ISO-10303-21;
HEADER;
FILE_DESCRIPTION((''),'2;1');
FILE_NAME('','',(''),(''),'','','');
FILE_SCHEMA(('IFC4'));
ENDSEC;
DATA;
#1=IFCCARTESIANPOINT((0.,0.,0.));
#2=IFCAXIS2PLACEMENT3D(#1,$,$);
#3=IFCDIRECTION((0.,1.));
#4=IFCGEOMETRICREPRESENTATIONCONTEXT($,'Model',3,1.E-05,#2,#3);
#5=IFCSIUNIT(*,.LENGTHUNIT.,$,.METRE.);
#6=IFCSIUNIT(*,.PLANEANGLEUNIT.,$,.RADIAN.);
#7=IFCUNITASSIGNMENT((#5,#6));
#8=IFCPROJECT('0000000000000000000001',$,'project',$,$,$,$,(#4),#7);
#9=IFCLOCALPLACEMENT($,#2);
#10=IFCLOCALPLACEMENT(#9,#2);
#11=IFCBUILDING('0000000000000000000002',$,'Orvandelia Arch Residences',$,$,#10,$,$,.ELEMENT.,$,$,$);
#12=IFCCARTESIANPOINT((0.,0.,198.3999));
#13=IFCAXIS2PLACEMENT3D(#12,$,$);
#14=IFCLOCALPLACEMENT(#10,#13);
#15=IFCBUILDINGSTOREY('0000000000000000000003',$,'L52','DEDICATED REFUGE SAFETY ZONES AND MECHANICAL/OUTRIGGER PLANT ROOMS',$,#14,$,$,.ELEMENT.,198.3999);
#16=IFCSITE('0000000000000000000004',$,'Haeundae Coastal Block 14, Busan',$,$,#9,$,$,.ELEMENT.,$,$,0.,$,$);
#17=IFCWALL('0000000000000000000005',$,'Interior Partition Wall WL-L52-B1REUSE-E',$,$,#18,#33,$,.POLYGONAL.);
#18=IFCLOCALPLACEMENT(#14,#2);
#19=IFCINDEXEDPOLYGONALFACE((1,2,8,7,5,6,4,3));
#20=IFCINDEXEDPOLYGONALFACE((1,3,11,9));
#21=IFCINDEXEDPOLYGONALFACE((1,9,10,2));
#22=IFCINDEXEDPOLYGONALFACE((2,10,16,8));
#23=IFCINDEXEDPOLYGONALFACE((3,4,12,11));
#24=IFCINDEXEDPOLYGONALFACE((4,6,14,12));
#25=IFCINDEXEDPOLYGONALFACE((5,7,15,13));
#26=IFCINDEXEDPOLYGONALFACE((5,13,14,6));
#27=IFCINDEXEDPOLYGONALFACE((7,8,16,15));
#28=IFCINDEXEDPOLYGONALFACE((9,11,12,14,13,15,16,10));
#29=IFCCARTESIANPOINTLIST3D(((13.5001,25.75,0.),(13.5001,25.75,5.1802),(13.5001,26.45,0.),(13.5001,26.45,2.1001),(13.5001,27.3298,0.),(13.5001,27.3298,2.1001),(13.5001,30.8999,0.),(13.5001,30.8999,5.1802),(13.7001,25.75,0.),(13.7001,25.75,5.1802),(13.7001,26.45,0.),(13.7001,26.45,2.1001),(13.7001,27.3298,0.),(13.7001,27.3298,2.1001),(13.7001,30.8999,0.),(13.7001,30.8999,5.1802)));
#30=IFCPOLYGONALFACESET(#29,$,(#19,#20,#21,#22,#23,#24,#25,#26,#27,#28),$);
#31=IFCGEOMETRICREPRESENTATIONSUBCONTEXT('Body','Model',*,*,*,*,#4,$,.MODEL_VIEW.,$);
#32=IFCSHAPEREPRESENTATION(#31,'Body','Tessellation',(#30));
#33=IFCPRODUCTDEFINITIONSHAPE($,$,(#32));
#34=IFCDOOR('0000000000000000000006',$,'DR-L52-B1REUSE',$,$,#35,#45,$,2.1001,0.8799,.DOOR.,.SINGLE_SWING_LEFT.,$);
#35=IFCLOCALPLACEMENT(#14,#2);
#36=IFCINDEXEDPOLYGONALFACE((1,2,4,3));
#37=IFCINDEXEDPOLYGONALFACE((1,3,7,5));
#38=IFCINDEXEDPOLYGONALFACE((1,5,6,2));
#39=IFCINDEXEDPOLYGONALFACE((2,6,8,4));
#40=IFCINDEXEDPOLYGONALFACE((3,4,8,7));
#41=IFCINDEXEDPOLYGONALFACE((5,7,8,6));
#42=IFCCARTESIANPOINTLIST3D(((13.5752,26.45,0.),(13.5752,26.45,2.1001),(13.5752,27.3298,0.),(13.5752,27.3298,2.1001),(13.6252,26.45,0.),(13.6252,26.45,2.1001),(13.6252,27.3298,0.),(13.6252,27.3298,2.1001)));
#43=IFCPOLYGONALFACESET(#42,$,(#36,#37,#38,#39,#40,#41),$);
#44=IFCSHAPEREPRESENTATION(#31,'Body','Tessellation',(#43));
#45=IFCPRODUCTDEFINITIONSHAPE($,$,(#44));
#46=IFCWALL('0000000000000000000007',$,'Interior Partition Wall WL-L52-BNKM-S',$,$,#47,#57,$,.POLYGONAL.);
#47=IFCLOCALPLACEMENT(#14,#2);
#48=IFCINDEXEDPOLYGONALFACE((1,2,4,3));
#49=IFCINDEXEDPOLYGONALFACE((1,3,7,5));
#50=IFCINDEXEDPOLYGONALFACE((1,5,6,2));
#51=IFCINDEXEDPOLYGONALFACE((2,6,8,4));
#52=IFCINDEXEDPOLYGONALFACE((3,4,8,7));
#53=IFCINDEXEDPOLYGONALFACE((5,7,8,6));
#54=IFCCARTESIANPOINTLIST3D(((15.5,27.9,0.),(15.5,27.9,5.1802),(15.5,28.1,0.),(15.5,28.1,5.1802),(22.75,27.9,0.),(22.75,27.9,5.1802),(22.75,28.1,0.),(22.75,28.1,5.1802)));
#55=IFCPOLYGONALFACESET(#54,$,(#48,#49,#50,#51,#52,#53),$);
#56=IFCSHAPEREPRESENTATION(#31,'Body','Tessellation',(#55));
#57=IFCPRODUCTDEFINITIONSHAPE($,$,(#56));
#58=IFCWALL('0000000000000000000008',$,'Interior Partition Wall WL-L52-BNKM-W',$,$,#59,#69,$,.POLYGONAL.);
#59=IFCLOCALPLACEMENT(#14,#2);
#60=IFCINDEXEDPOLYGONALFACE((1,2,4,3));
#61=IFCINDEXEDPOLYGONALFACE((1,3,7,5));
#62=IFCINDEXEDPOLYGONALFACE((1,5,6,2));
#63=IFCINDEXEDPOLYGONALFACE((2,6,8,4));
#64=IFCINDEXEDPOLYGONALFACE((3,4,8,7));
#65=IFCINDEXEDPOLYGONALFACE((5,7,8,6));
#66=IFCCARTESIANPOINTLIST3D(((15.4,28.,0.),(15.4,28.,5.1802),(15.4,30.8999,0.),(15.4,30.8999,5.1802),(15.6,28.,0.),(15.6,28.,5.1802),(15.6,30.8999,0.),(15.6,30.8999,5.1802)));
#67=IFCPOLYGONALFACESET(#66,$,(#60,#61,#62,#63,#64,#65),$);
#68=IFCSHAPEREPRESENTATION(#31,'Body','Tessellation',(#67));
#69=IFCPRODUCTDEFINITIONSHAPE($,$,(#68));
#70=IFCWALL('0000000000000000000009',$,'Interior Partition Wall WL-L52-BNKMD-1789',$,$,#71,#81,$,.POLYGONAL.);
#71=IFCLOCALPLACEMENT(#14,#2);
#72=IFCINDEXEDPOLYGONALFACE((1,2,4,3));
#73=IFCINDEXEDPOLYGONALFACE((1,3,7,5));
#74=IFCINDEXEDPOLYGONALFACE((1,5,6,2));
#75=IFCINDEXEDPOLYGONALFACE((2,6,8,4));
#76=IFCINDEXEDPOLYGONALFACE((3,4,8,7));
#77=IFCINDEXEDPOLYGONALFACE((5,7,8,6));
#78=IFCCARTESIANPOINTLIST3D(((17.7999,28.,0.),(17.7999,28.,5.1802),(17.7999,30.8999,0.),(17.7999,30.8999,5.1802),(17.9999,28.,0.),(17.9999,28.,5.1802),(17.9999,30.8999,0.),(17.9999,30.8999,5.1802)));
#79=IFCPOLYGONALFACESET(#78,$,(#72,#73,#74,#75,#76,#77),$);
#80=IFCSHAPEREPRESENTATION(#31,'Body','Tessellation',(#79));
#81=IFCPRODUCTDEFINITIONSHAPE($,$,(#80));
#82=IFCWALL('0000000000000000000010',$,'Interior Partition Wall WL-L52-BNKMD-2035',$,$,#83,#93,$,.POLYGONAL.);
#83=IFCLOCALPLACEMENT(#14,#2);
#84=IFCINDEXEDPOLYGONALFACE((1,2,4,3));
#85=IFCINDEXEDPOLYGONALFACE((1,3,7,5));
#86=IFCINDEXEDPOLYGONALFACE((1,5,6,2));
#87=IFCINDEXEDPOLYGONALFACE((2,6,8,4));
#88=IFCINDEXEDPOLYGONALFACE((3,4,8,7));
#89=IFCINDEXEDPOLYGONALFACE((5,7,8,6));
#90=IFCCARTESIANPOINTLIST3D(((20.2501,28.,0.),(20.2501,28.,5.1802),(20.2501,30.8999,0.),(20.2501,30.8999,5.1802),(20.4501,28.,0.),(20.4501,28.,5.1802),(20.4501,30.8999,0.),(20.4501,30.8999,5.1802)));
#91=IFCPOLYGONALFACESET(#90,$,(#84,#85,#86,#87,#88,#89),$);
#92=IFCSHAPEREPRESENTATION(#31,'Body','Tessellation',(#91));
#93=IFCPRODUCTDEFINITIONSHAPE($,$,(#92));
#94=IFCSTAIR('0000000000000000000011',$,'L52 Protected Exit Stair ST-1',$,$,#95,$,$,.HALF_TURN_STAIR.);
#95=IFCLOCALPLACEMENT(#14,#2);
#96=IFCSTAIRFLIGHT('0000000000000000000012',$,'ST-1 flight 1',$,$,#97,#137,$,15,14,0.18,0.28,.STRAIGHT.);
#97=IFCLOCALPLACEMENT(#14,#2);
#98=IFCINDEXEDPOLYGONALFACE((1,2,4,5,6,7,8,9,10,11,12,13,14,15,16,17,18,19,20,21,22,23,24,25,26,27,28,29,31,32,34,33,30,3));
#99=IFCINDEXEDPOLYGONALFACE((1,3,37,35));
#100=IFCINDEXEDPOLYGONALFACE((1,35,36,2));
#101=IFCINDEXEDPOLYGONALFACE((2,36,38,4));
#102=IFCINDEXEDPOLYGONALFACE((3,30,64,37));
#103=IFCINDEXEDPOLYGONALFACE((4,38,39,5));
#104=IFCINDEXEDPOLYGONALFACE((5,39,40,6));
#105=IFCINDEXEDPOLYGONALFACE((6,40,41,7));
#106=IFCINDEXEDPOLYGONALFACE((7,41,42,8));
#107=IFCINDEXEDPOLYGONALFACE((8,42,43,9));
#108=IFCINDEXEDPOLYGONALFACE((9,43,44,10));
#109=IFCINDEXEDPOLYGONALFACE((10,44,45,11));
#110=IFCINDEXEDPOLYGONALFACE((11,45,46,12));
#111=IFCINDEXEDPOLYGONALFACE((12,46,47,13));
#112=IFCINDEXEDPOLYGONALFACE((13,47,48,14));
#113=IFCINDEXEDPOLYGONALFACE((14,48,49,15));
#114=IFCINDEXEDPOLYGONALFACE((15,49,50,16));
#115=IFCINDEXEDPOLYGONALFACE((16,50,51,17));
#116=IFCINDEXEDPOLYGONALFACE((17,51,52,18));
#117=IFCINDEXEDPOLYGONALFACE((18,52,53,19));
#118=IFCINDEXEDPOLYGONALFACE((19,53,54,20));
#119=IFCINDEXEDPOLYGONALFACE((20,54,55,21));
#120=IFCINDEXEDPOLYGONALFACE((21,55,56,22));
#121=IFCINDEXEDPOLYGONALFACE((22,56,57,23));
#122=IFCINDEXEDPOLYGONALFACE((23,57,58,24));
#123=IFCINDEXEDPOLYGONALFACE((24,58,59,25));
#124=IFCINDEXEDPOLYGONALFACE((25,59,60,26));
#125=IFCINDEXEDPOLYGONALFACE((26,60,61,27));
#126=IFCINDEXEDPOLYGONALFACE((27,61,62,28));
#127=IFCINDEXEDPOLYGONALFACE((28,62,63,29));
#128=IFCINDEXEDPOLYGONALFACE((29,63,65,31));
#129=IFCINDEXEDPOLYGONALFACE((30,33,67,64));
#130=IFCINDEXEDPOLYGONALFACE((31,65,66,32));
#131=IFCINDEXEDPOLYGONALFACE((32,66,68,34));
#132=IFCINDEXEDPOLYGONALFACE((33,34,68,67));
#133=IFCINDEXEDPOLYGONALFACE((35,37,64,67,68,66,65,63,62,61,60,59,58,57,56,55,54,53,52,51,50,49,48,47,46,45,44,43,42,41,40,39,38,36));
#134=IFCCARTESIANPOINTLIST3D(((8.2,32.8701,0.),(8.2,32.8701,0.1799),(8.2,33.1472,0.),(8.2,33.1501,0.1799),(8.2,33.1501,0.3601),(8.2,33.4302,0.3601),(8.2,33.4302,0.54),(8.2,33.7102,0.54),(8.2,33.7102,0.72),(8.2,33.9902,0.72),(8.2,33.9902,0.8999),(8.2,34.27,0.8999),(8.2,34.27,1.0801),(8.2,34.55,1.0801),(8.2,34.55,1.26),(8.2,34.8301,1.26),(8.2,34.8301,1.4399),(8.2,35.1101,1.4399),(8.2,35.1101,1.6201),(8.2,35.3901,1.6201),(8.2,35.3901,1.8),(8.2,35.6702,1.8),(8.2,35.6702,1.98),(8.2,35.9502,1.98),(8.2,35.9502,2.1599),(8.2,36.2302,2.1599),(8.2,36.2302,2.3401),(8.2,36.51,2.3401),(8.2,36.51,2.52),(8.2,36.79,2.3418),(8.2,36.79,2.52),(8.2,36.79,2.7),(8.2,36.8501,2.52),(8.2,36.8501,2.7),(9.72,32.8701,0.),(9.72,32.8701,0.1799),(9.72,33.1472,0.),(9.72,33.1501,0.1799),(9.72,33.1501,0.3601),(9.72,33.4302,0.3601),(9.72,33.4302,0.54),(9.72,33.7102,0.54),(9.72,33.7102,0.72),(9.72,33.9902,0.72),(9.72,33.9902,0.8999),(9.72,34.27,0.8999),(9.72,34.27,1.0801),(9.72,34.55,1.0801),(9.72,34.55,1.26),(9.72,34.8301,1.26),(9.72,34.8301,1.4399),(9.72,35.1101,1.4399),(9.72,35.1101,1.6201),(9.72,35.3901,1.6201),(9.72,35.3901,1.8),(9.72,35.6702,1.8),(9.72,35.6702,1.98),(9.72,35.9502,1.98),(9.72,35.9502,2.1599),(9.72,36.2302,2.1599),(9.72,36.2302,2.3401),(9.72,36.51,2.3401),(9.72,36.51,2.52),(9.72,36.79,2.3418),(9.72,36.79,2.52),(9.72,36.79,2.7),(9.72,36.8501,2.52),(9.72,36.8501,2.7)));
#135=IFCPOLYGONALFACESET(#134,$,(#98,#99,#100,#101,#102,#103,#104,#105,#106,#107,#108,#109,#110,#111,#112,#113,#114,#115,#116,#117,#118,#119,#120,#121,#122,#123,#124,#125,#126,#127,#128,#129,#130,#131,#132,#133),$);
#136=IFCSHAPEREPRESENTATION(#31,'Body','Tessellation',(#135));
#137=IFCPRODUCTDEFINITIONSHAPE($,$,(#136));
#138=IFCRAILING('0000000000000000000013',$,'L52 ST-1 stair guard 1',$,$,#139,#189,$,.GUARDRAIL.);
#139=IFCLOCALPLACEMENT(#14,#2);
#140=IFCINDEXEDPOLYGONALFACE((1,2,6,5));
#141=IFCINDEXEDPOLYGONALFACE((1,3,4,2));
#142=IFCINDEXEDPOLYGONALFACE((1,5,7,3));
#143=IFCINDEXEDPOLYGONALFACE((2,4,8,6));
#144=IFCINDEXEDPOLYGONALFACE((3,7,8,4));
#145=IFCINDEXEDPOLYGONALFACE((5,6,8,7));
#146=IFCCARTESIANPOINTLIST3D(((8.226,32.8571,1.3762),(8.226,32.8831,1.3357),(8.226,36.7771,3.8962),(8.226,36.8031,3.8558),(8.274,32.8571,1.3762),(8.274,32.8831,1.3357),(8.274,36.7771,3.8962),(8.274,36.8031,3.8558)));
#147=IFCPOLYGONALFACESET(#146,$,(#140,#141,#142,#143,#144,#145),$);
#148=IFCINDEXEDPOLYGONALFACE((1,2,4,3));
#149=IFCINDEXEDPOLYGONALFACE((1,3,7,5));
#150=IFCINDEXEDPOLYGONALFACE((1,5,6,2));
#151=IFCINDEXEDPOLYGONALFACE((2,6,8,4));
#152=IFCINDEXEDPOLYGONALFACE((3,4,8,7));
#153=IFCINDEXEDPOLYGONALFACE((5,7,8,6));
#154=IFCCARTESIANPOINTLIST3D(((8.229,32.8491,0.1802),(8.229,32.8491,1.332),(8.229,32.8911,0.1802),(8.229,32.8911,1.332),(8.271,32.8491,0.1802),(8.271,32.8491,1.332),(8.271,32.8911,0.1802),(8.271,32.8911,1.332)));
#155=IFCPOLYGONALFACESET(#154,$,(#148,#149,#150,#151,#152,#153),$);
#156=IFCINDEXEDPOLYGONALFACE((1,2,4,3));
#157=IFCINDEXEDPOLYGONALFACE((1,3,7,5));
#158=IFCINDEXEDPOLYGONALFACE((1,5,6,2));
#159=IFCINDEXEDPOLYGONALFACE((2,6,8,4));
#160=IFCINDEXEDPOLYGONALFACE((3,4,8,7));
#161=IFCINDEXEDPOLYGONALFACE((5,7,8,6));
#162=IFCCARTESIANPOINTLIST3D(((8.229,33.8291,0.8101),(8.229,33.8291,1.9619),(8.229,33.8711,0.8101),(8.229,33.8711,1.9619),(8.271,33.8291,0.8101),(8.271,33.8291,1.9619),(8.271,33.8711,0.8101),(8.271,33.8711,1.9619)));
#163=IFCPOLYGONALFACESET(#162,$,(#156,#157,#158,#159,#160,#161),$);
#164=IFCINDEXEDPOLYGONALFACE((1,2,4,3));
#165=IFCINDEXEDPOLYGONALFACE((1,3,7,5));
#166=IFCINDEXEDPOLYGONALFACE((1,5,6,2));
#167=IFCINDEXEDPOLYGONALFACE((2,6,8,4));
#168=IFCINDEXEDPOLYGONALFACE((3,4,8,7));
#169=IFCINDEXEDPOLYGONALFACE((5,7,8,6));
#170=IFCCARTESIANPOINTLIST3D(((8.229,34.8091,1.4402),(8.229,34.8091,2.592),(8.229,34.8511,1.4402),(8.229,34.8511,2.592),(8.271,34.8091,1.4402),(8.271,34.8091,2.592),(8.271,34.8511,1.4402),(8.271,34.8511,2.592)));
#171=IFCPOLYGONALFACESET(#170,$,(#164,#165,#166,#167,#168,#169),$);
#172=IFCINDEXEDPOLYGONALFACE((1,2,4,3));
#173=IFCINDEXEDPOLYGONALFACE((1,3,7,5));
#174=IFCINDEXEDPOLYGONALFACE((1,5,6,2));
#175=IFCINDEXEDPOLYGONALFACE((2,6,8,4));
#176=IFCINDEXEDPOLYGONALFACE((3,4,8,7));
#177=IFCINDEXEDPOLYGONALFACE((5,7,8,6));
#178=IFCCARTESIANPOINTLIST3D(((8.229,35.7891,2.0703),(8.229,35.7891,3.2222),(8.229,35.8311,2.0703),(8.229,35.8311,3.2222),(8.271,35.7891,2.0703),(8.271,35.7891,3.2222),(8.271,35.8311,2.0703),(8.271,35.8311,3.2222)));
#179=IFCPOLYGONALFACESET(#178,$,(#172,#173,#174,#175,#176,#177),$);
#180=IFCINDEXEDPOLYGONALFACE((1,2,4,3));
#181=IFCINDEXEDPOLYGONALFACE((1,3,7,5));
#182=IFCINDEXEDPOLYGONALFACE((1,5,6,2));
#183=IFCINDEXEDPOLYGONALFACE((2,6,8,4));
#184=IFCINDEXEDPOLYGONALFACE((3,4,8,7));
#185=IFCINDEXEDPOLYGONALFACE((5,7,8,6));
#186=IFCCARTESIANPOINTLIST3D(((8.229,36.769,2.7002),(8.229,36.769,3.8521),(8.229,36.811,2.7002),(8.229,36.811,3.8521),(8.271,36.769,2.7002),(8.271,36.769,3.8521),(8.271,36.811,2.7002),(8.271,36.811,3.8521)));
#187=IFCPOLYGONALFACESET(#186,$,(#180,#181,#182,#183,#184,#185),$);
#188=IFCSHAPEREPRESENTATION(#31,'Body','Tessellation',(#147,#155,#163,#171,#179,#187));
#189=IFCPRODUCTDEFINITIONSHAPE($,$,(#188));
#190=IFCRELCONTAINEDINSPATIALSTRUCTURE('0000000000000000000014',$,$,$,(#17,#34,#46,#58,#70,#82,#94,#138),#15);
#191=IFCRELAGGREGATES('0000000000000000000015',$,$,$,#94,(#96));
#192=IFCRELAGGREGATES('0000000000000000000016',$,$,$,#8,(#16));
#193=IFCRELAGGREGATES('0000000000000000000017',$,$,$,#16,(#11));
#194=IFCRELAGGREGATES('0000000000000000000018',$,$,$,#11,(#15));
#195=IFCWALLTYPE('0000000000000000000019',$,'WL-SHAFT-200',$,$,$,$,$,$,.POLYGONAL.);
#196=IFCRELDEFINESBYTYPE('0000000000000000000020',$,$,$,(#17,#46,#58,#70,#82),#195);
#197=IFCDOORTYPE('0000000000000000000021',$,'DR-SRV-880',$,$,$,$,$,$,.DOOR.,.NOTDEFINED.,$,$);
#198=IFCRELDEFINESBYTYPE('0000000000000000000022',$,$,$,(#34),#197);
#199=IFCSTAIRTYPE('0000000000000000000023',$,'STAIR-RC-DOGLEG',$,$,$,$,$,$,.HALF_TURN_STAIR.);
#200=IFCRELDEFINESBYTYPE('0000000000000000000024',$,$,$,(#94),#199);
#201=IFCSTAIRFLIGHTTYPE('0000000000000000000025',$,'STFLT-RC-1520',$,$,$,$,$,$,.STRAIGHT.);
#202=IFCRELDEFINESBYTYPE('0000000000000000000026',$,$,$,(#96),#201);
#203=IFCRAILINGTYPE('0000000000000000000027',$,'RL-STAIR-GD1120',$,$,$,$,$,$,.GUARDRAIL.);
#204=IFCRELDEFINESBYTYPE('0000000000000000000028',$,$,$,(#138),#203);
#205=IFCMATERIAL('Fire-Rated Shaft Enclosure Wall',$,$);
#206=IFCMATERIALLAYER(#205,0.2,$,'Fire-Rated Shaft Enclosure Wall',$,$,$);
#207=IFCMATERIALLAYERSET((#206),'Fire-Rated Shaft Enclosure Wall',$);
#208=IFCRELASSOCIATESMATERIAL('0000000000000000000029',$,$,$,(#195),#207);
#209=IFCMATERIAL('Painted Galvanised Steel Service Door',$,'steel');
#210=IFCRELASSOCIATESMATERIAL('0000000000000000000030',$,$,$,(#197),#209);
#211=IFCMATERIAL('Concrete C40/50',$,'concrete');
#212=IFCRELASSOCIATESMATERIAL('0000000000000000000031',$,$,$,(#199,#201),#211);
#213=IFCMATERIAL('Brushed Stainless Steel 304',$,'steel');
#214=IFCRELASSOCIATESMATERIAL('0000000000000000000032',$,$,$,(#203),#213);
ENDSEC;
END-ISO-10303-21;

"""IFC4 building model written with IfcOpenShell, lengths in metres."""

from ifc_helpers import new_model, si_unit, direction, frame, frame_2d, origin, origin_2d, place, context, subcontext, project, spatial, polyline, rectangle, outline, extrude, material, layer, layer_set, type_object, element, fill, aggregate, save


model = new_model("IFC4")

# Units and contexts
model_context = context("Model", 3, precision=1e-05, world=origin(), true_north=direction((0.0, 1.0)))
body_context = subcontext(model_context, "Body", "Model", "MODEL_VIEW")
ifc_project = project(units=[si_unit("LENGTHUNIT", "METRE"), si_unit("PLANEANGLEUNIT", "RADIAN")], contexts=[model_context])

# Site, building, storey
site_placement = place(None, origin())
site = spatial("IfcSite", under=ifc_project, at=site_placement, Name="Haeundae Coastal Block 14, Busan", CompositionType="ELEMENT", RefElevation=0.0)
building_placement = place(site_placement, origin())
building = spatial("IfcBuilding", under=site, at=building_placement, Name="Orvandelia Arch Residences", CompositionType="ELEMENT")
storey_placement = place(building_placement, frame((0.0, 0.0, 198.3999)))
storey = spatial("IfcBuildingStorey", under=building, at=storey_placement, Name="L52", Description="DEDICATED REFUGE SAFETY ZONES AND MECHANICAL/OUTRIGGER PLANT ROOMS", CompositionType="ELEMENT", Elevation=198.3999)

# Wall, opening, door
ifc_material_1 = material(Name="Fire-Rated Shaft Enclosure Wall")
ifc_layer_1 = layer(ifc_material_1, 0.2, Name="Fire-Rated Shaft Enclosure Wall")
ifc_layer_set_1 = layer_set([ifc_layer_1], Name="Fire-Rated Shaft Enclosure Wall")
wall_type_1 = type_object("IfcWallType", Name="WL-SHAFT-200", PredefinedType="POLYGONAL", material=ifc_layer_set_1)
wall_1_placement = place(storey_placement, frame((13.6001, 25.75, 0.0), z_axis=(0.0, 0.0, 1.0), x_axis=(0.0, 1.0, 0.0)))
wall_1 = element("IfcWall", 1, at=wall_1_placement, inside=storey, type_object=wall_type_1, Name="Interior Partition Wall WL-L52-B1REUSE-E", PredefinedType="POLYGONAL", context=body_context, shape_type="SweptSolid", body=[
    extrude(rectangle(XDim=5.1499, YDim=0.2, at=frame_2d((2.575, 0.0))), origin(), (0.0, 0.0, 1.0), 5.1802),
])
opening_1_placement = place(wall_1_placement, frame((0.7, 0.0, 0.0)))
opening_1 = element("IfcOpeningElement", 2, at=opening_1_placement, cuts=wall_1, PredefinedType="OPENING", context=body_context, shape_type="SweptSolid", body=[
    extrude(rectangle(XDim=0.8799, YDim=2.1001, at=frame_2d((0.4399, 1.05))), frame((0.0, 0.1099, 0.0), z_axis=(0.0, -1.0, 0.0), x_axis=(1.0, 0.0, 0.0)), (0.0, 0.0, 1.0), 0.22),
])
ifc_material_2 = material(Name="Painted Galvanised Steel Service Door", Category="steel")
door_type_1 = type_object("IfcDoorType", Name="DR-SRV-880", OperationType="NOTDEFINED", PredefinedType="DOOR", material=ifc_material_2)
door_1_placement = place(opening_1_placement, origin())
door_1 = element("IfcDoor", 3, at=door_1_placement, inside=storey, type_object=door_type_1, Name="DR-L52-B1REUSE", OperationType="SINGLE_SWING_LEFT", OverallHeight=2.1001, OverallWidth=0.8799, PredefinedType="DOOR", context=body_context, shape_type="SweptSolid", body=[
    extrude(rectangle(XDim=0.8799, YDim=2.1001, at=frame_2d((0.4399, 1.05))), frame((0.0, 0.0249, 0.0), z_axis=(0.0, -1.0, 0.0), x_axis=(1.0, 0.0, 0.0)), (0.0, 0.0, 1.0), 0.05),
])
fill(opening_1, door_1)

# Walls
wall_2_placement = place(storey_placement, frame((15.5, 28.0, 0.0), z_axis=(0.0, 0.0, 1.0), x_axis=(1.0, 0.0, 0.0)))
element("IfcWall", 4, at=wall_2_placement, inside=storey, type_object=wall_type_1, Name="Interior Partition Wall WL-L52-BNKM-S", PredefinedType="POLYGONAL", context=body_context, shape_type="SweptSolid", body=[
    extrude(rectangle(XDim=7.25, YDim=0.2, at=frame_2d((3.625, 0.0))), origin(), (0.0, 0.0, 1.0), 5.1802),
])
for number, where, z_axis, x_axis, name in (
    (5, (15.5, 28.0, 0.0), (0.0, 0.0, 1.0), (0.0, 1.0, 0.0), "Interior Partition Wall WL-L52-BNKM-W"),
    (6, (17.8999, 28.0, 0.0), (0.0, 0.0, 1.0), (0.0, 1.0, 0.0), "Interior Partition Wall WL-L52-BNKMD-1789"),
    (7, (20.3501, 28.0, 0.0), (0.0, 0.0, 1.0), (0.0, 1.0, 0.0), "Interior Partition Wall WL-L52-BNKMD-2035"),
):
    element("IfcWall", number, at=place(storey_placement, frame(where, z_axis=z_axis, x_axis=x_axis)), inside=storey, type_object=wall_type_1, Name=name, PredefinedType="POLYGONAL", context=body_context, shape_type="SweptSolid", body=[
        extrude(rectangle(XDim=2.8999, YDim=0.2, at=frame_2d((1.45, 0.0))), origin(), (0.0, 0.0, 1.0), 5.1802),
    ])

# Stair, stair flight
ifc_material_3 = material(Name="Concrete C40/50", Category="concrete")
stair_type = type_object("IfcStairType", Name="STAIR-RC-DOGLEG", PredefinedType="HALF_TURN_STAIR", material=ifc_material_3)
stair_placement = place(storey_placement, origin())
stair = element("IfcStair", 8, at=stair_placement, inside=storey, type_object=stair_type, Name="L52 Protected Exit Stair ST-1", PredefinedType="HALF_TURN_STAIR")
stair_flight_type = type_object("IfcStairFlightType", Name="STFLT-RC-1520", PredefinedType="STRAIGHT", material=ifc_material_3)
stair_flight_placement = place(storey_placement, frame((8.96, 32.8701, 0.0), z_axis=(0.0, 0.0, 1.0), x_axis=(0.0, 1.0, 0.0)))
stair_flight = element("IfcStairFlight", 9, at=stair_flight_placement, type_object=stair_flight_type, Name="ST-1 flight 1", NumberOfRisers=15, NumberOfTreads=14, PredefinedType="STRAIGHT", RiserHeight=0.18, TreadLength=0.28, context=body_context, shape_type="SweptSolid", body=[
    extrude(outline(polyline([(0.0, 0.0), (0.0, 0.1799), (0.28, 0.1799), (0.28, 0.3601), (0.5601, 0.3601), (0.5601, 0.54), (0.8401, 0.54), (0.8401, 0.72), (1.1201, 0.72), (1.1201, 0.8999), (1.3999, 0.8999), (1.3999, 1.0801), (1.6799, 1.0801), (1.6799, 1.26), (1.96, 1.26), (1.96, 1.4399), (2.24, 1.4399), (2.24, 1.6201), (2.52, 1.6201), (2.52, 1.8), (2.8, 1.8), (2.8, 1.98), (3.0801, 1.98), (3.0801, 2.1599), (3.3601, 2.1599), (3.3601, 2.3401), (3.6399, 2.3401), (3.6399, 2.52), (3.9199, 2.52), (3.9199, 2.7), (3.98, 2.7), (3.98, 2.52), (3.9199, 2.3418), (0.2771, 0.0), (0.0, 0.0)])), frame((0.0, 0.76, 0.0), z_axis=(0.0, -1.0, 0.0), x_axis=(1.0, 0.0, 0.0)), (0.0, 0.0, 1.0), 1.52),
])
aggregate(stair, [stair_flight])

# Railing
ifc_material_4 = material(Name="Brushed Stainless Steel 304", Category="steel")
railing_type_1 = type_object("IfcRailingType", Name="RL-STAIR-GD1120", PredefinedType="GUARDRAIL", material=ifc_material_4)
railing_1_placement = place(storey_placement, frame((8.25, 32.8701, 0.1802)))
element("IfcRailing", 10, at=railing_1_placement, inside=storey, type_object=railing_type_1, Name="L52 ST-1 stair guard 1", PredefinedType="GUARDRAIL", context=body_context, shape_type="SweptSolid", body=[
    extrude(rectangle(XDim=0.0481, YDim=0.0481, at=origin_2d()), frame((0.0, 0.0, 1.1758), z_axis=(0.0, 0.841172, 0.540768), x_axis=(-1.0, 0.0, 0.0)), (0.0, 0.0, 1.0), 4.6602),
    extrude(rectangle(XDim=0.042, YDim=0.042, at=origin_2d()), origin(), (0.0, 0.0, 1.0), 1.1519),
    extrude(rectangle(XDim=0.042, YDim=0.042, at=origin_2d()), frame((0.0, 0.98, 0.6299)), (0.0, 0.0, 1.0), 1.1519),
    extrude(rectangle(XDim=0.042, YDim=0.042, at=origin_2d()), frame((0.0, 1.96, 1.26)), (0.0, 0.0, 1.0), 1.1519),
    extrude(rectangle(XDim=0.042, YDim=0.042, at=origin_2d()), frame((0.0, 2.9399, 1.8901)), (0.0, 0.0, 1.0), 1.1519),
    extrude(rectangle(XDim=0.042, YDim=0.042, at=origin_2d()), frame((0.0, 3.9199, 2.52)), (0.0, 0.0, 1.0), 1.1519),
])

save(model, "model.ifc")
